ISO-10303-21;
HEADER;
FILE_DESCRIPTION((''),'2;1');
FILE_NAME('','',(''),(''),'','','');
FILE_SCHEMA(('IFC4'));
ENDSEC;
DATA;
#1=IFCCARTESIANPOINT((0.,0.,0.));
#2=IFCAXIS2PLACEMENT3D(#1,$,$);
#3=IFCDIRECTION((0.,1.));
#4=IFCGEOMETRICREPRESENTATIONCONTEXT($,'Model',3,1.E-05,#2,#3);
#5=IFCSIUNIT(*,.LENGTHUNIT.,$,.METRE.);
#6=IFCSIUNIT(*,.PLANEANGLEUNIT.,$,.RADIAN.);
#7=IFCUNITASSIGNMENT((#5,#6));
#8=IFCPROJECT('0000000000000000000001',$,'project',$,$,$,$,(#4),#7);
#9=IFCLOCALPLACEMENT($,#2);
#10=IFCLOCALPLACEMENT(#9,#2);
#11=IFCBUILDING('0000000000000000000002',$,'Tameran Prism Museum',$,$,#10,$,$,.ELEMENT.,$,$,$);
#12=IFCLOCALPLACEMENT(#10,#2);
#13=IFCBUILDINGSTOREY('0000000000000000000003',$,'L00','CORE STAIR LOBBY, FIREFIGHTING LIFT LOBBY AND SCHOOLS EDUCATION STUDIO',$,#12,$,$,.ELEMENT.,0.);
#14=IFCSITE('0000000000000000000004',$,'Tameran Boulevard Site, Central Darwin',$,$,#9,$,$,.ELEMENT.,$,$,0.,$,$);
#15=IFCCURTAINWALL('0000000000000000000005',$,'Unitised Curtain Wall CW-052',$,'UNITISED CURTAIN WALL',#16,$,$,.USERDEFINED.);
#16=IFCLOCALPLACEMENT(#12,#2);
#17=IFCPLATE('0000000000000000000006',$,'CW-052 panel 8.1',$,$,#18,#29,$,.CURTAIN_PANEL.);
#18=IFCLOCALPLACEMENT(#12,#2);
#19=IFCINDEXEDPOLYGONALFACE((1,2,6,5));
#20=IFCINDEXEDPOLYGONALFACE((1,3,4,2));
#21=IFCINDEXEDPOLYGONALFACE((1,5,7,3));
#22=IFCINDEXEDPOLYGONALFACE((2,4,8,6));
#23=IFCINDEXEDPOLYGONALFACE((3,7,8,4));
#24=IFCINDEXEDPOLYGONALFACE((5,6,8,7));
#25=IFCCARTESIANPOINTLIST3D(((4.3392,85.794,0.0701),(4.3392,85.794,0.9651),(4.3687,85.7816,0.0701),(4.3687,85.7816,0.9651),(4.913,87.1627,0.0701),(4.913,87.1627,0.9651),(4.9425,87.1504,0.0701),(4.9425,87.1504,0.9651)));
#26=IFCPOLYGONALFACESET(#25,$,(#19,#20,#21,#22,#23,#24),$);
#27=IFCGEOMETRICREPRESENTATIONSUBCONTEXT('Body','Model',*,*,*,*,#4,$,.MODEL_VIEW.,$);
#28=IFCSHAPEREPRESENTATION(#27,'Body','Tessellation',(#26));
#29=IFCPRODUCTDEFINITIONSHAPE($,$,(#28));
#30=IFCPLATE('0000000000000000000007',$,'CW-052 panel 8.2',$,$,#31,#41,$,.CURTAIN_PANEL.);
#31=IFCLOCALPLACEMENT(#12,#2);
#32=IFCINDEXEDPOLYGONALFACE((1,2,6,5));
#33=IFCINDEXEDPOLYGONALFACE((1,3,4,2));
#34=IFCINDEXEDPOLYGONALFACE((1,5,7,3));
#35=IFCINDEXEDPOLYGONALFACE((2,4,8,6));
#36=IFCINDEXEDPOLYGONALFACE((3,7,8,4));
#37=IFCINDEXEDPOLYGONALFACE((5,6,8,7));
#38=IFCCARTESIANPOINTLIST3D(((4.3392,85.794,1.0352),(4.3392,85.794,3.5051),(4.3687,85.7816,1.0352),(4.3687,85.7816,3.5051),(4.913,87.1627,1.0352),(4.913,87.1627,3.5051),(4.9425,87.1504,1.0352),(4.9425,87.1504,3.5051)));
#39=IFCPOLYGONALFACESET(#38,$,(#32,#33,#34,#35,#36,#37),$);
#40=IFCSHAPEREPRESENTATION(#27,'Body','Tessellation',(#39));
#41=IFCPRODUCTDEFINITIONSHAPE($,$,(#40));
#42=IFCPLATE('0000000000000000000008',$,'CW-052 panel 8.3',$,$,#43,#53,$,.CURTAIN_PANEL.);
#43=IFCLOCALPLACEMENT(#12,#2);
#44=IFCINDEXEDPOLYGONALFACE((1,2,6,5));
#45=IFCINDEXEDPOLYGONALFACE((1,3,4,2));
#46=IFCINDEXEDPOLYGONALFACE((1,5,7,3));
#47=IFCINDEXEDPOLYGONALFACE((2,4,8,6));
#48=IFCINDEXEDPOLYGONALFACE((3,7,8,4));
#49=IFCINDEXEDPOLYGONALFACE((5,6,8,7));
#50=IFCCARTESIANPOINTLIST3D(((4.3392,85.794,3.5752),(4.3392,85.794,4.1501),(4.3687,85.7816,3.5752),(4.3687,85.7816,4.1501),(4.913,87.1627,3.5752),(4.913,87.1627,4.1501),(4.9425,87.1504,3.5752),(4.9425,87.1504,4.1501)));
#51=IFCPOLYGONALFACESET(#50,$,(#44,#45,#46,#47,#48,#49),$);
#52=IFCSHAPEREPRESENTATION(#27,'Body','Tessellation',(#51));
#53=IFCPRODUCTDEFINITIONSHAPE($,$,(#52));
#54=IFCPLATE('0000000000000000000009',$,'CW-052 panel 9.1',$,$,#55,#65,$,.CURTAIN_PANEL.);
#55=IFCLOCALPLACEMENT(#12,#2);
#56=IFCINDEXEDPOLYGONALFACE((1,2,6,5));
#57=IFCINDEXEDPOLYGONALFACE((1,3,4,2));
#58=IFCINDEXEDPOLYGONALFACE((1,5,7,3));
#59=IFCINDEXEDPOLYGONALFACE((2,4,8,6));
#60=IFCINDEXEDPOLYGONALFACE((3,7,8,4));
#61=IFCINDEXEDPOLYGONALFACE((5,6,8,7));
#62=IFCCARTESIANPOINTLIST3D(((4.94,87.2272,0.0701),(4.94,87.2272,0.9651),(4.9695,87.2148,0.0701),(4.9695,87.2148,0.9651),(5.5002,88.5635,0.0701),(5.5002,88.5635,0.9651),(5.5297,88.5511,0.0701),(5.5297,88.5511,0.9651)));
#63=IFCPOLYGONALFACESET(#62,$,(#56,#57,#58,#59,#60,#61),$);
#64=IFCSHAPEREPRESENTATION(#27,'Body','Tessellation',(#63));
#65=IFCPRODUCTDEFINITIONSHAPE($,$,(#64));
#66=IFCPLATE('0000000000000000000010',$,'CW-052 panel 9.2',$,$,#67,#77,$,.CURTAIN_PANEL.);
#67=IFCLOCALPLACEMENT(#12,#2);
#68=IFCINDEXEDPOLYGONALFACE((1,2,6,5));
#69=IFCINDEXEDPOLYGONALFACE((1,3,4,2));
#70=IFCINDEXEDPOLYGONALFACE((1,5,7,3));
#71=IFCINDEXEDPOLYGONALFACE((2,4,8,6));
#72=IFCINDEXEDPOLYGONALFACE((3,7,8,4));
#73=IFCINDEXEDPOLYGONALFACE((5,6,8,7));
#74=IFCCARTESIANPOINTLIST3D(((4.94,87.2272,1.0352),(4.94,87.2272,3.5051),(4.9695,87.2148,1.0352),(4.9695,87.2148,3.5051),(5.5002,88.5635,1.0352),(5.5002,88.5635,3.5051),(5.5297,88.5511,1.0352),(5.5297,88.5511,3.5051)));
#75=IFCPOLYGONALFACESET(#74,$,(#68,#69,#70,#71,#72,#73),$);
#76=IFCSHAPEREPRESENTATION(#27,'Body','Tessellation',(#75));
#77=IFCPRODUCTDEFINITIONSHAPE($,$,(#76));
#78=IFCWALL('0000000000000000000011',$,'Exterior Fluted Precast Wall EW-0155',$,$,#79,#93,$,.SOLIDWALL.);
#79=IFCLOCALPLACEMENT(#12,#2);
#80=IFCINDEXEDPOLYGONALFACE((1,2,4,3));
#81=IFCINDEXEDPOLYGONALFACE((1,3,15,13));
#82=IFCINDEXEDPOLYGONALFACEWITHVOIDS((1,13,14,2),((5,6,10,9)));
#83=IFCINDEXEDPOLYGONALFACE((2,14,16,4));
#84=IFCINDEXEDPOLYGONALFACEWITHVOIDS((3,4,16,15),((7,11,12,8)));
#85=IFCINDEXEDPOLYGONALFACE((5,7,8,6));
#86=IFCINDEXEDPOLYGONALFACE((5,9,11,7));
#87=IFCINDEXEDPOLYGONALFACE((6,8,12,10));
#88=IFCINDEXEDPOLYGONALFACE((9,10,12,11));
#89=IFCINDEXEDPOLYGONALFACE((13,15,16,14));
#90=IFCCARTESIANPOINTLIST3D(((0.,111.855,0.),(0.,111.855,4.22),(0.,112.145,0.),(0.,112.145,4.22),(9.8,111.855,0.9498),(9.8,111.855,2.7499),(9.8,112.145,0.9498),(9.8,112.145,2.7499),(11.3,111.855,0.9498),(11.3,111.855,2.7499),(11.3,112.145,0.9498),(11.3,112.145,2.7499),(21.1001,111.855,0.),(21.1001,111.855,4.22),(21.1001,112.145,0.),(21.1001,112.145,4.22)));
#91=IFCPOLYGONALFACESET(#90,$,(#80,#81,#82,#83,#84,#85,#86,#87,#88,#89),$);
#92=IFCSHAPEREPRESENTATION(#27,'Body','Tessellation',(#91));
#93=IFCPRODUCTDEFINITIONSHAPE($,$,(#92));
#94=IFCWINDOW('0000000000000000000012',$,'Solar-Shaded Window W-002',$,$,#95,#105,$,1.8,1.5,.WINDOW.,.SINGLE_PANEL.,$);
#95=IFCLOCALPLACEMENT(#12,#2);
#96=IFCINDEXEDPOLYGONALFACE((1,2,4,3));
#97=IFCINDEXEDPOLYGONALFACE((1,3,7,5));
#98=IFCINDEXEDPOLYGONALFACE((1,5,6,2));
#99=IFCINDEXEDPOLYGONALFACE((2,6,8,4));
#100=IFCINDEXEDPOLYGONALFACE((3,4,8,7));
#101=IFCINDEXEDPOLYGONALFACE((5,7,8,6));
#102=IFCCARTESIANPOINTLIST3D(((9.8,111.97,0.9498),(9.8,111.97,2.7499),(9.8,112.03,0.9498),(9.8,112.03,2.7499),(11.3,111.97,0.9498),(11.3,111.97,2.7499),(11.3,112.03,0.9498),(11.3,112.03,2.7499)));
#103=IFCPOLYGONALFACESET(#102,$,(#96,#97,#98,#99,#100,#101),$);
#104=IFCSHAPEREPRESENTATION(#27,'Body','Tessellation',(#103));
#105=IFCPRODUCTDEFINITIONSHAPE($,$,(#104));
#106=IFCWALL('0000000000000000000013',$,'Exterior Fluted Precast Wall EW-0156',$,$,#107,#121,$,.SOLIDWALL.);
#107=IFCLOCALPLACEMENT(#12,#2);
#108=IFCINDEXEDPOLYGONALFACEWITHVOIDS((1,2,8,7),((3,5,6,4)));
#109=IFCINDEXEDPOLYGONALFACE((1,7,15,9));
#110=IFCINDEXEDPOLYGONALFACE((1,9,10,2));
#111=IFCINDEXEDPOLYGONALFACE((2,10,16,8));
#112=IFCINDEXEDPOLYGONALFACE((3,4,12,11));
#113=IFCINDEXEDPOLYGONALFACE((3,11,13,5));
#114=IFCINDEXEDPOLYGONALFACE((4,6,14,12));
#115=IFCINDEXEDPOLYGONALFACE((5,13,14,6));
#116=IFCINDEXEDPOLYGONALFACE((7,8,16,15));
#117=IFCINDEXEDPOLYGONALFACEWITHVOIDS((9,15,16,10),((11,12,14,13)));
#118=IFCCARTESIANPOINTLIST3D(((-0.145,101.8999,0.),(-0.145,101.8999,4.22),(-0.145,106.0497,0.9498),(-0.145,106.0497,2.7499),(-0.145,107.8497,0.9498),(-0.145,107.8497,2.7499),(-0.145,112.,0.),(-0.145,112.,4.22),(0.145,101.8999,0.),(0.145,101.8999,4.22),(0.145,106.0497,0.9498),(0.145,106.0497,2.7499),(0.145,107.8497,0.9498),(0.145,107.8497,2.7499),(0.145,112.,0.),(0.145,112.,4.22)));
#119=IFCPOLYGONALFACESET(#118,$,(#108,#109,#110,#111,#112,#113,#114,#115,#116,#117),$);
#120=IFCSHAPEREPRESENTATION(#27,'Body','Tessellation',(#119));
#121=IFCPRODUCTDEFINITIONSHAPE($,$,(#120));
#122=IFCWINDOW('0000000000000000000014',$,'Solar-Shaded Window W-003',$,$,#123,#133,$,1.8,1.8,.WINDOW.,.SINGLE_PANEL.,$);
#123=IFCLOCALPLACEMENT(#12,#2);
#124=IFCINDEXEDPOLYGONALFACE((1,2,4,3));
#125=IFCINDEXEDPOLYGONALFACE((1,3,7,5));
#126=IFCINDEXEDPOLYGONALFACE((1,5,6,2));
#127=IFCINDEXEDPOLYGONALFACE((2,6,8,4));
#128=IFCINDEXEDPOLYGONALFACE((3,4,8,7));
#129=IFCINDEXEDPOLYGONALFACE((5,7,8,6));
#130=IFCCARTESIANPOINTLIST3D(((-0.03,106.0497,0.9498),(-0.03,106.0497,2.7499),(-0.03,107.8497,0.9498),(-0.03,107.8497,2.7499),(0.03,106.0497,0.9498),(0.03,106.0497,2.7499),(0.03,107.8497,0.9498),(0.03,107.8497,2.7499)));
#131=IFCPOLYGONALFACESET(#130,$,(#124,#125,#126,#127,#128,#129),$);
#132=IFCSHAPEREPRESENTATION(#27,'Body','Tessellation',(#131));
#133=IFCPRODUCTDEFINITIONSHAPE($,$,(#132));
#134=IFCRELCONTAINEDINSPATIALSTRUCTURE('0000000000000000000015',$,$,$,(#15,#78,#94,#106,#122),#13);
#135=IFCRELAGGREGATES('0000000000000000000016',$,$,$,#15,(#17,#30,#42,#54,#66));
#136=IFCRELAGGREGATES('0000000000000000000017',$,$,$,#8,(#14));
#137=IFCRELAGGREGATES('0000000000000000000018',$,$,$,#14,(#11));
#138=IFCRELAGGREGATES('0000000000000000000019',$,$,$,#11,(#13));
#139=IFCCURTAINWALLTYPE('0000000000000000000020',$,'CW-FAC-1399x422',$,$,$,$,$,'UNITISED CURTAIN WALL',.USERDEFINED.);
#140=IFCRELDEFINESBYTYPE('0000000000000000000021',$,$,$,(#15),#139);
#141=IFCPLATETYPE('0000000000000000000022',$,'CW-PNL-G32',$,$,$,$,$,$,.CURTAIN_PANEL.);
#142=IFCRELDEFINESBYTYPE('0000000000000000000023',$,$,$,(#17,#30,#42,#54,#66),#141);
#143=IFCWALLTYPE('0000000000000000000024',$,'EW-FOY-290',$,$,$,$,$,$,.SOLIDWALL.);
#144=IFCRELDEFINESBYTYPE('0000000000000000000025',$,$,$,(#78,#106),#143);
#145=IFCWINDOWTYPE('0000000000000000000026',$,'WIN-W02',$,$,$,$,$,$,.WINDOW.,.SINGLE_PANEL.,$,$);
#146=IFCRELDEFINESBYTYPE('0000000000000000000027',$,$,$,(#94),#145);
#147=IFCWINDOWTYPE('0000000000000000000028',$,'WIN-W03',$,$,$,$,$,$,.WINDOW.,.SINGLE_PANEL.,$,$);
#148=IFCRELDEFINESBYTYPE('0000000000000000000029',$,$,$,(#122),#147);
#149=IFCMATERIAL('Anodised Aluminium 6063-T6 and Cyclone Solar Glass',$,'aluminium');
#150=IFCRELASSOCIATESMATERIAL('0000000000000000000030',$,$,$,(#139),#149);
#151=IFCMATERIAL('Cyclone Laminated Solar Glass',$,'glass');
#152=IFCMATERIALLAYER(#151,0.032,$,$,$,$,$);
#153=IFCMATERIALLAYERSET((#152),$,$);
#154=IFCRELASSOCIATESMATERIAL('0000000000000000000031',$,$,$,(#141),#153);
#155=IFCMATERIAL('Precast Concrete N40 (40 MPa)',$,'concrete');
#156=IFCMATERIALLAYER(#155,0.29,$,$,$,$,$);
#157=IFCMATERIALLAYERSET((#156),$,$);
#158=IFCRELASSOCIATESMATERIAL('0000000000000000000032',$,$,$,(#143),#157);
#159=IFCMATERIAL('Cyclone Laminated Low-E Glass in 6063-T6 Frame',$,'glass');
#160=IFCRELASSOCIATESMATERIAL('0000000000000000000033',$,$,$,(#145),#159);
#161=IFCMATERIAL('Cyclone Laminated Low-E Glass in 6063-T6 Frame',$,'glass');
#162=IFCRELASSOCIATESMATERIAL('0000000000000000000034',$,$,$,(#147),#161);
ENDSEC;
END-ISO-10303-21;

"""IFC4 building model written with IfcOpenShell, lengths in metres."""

from ifc_helpers import new_model, si_unit, direction, frame, frame_2d, origin, origin_2d, place, context, subcontext, project, spatial, rectangle, extrude, material, layer, layer_set, type_object, element, fill, aggregate, save


model = new_model("IFC4")

# Units and contexts
model_context = context("Model", 3, precision=1e-05, world=origin(), true_north=direction((0.0, 1.0)))
body_context = subcontext(model_context, "Body", "Model", "MODEL_VIEW")
ifc_project = project(units=[si_unit("LENGTHUNIT", "METRE"), si_unit("PLANEANGLEUNIT", "RADIAN")], contexts=[model_context])

# Site, building, storey
site_placement = place(None, origin())
site = spatial("IfcSite", under=ifc_project, at=site_placement, Name="Tameran Boulevard Site, Central Darwin", CompositionType="ELEMENT", RefElevation=0.0)
building_placement = place(site_placement, origin())
building = spatial("IfcBuilding", under=site, at=building_placement, Name="Tameran Prism Museum", CompositionType="ELEMENT")
storey_placement = place(building_placement, origin())
storey = spatial("IfcBuildingStorey", under=building, at=storey_placement, Name="L00", Description="CORE STAIR LOBBY, FIREFIGHTING LIFT LOBBY AND SCHOOLS EDUCATION STUDIO", CompositionType="ELEMENT", Elevation=0.0)

# Curtain wall, plates
ifc_material_1 = material(Name="Anodised Aluminium 6063-T6 and Cyclone Solar Glass", Category="aluminium")
curtain_wall_type = type_object("IfcCurtainWallType", Name="CW-FAC-1399x422", ElementType="UNITISED CURTAIN WALL", PredefinedType="USERDEFINED", material=ifc_material_1)
curtain_wall_placement = place(storey_placement, origin())
curtain_wall = element("IfcCurtainWall", 1, at=curtain_wall_placement, inside=storey, type_object=curtain_wall_type, Name="Unitised Curtain Wall CW-052", ObjectType="UNITISED CURTAIN WALL", PredefinedType="USERDEFINED")
ifc_material_2 = material(Name="Cyclone Laminated Solar Glass", Category="glass")
ifc_layer_1 = layer(ifc_material_2, 0.032)
ifc_layer_set_1 = layer_set([ifc_layer_1])
plate_type = type_object("IfcPlateType", Name="CW-PNL-G32", PredefinedType="CURTAIN_PANEL", material=ifc_layer_set_1)
plate_1_placement = place(storey_placement, frame((4.6409, 86.4722, 0.0701), z_axis=(0.0, 0.0, 1.0), x_axis=(0.386589, 0.922252, 0.0)))
plate_1 = element("IfcPlate", 2, at=plate_1_placement, type_object=plate_type, Name="CW-052 panel 8.1", PredefinedType="CURTAIN_PANEL", context=body_context, shape_type="SweptSolid", body=[
    extrude(rectangle(XDim=1.4841, YDim=0.032, at=origin_2d()), origin(), (0.0, 0.0, 1.0), 0.895),
])
plate_2_placement = place(storey_placement, frame((4.6409, 86.4722, 1.0352), z_axis=(0.0, 0.0, 1.0), x_axis=(0.386589, 0.922252, 0.0)))
plate_2 = element("IfcPlate", 3, at=plate_2_placement, type_object=plate_type, Name="CW-052 panel 8.2", PredefinedType="CURTAIN_PANEL", context=body_context, shape_type="SweptSolid", body=[
    extrude(rectangle(XDim=1.4841, YDim=0.032, at=origin_2d()), origin(), (0.0, 0.0, 1.0), 2.47),
])
plate_3_placement = place(storey_placement, frame((4.6409, 86.4722, 3.5752), z_axis=(0.0, 0.0, 1.0), x_axis=(0.386589, 0.922252, 0.0)))
plate_3 = element("IfcPlate", 4, at=plate_3_placement, type_object=plate_type, Name="CW-052 panel 8.3", PredefinedType="CURTAIN_PANEL", context=body_context, shape_type="SweptSolid", body=[
    extrude(rectangle(XDim=1.4841, YDim=0.032, at=origin_2d()), origin(), (0.0, 0.0, 1.0), 0.575),
])
plate_4_placement = place(storey_placement, frame((5.2349, 87.8892, 0.0701), z_axis=(0.0, 0.0, 1.0), x_axis=(0.386589, 0.922252, 0.0)))
plate_4 = element("IfcPlate", 5, at=plate_4_placement, type_object=plate_type, Name="CW-052 panel 9.1", PredefinedType="CURTAIN_PANEL", context=body_context, shape_type="SweptSolid", body=[
    extrude(rectangle(XDim=1.449, YDim=0.032, at=origin_2d()), origin(), (0.0, 0.0, 1.0), 0.895),
])
plate_5_placement = place(storey_placement, frame((5.2349, 87.8892, 1.0352), z_axis=(0.0, 0.0, 1.0), x_axis=(0.386589, 0.922252, 0.0)))
plate_5 = element("IfcPlate", 6, at=plate_5_placement, type_object=plate_type, Name="CW-052 panel 9.2", PredefinedType="CURTAIN_PANEL", context=body_context, shape_type="SweptSolid", body=[
    extrude(rectangle(XDim=1.449, YDim=0.032, at=origin_2d()), origin(), (0.0, 0.0, 1.0), 2.47),
])
aggregate(curtain_wall, [plate_1, plate_2, plate_3, plate_4, plate_5])

# Walls, openings, windows
ifc_material_3 = material(Name="Precast Concrete N40 (40 MPa)", Category="concrete")
ifc_layer_2 = layer(ifc_material_3, 0.29)
ifc_layer_set_2 = layer_set([ifc_layer_2])
wall_type = type_object("IfcWallType", Name="EW-FOY-290", PredefinedType="SOLIDWALL", material=ifc_layer_set_2)
wall_1_placement = place(storey_placement, frame((0.0, 112.0, 0.0), z_axis=(0.0, 0.0, 1.0), x_axis=(1.0, 0.0, 0.0)))
wall_1 = element("IfcWall", 7, at=wall_1_placement, inside=storey, type_object=wall_type, Name="Exterior Fluted Precast Wall EW-0155", PredefinedType="SOLIDWALL", context=body_context, shape_type="SweptSolid", body=[
    extrude(rectangle(XDim=21.1001, YDim=0.29, at=frame_2d((10.55, 0.0))), origin(), (0.0, 0.0, 1.0), 4.22),
])
opening_1_placement = place(wall_1_placement, frame((9.8, 0.0, 0.95)))
opening_1 = element("IfcOpeningElement", 8, at=opening_1_placement, cuts=wall_1, PredefinedType="OPENING", context=body_context, shape_type="SweptSolid", body=[
    extrude(rectangle(XDim=1.5, YDim=1.8, at=frame_2d((0.75, 0.8999))), frame((0.0, 0.155, 0.0), z_axis=(0.0, -1.0, 0.0), x_axis=(1.0, 0.0, 0.0)), (0.0, 0.0, 1.0), 0.3101),
])
ifc_material_4 = material(Name="Cyclone Laminated Low-E Glass in 6063-T6 Frame", Category="glass")
window_type_1 = type_object("IfcWindowType", Name="WIN-W02", PartitioningType="SINGLE_PANEL", PredefinedType="WINDOW", material=ifc_material_4)
window_1_placement = place(opening_1_placement, origin())
window_1 = element("IfcWindow", 9, at=window_1_placement, inside=storey, type_object=window_type_1, Name="Solar-Shaded Window W-002", OverallHeight=1.8, OverallWidth=1.5, PartitioningType="SINGLE_PANEL", PredefinedType="WINDOW", context=body_context, shape_type="SweptSolid", body=[
    extrude(rectangle(XDim=1.5, YDim=1.8, at=frame_2d((0.75, 0.8999))), frame((0.0, 0.03, 0.0), z_axis=(0.0, -1.0, 0.0), x_axis=(1.0, 0.0, 0.0)), (0.0, 0.0, 1.0), 0.0601),
])
fill(opening_1, window_1)
wall_2_placement = place(storey_placement, frame((0.0, 101.8999, 0.0), z_axis=(0.0, 0.0, 1.0), x_axis=(0.0, 1.0, 0.0)))
wall_2 = element("IfcWall", 10, at=wall_2_placement, inside=storey, type_object=wall_type, Name="Exterior Fluted Precast Wall EW-0156", PredefinedType="SOLIDWALL", context=body_context, shape_type="SweptSolid", body=[
    extrude(rectangle(XDim=10.1001, YDim=0.29, at=frame_2d((5.05, 0.0))), origin(), (0.0, 0.0, 1.0), 4.22),
])
opening_2_placement = place(wall_2_placement, frame((4.1499, 0.0, 0.95)))
opening_2 = element("IfcOpeningElement", 11, at=opening_2_placement, cuts=wall_2, PredefinedType="OPENING", context=body_context, shape_type="SweptSolid", body=[
    extrude(rectangle(XDim=1.8, YDim=1.8, at=frame_2d((0.8999, 0.8999))), frame((0.0, 0.155, 0.0), z_axis=(0.0, -1.0, 0.0), x_axis=(1.0, 0.0, 0.0)), (0.0, 0.0, 1.0), 0.3101),
])
ifc_material_5 = material(Name="Cyclone Laminated Low-E Glass in 6063-T6 Frame", Category="glass")
window_type_2 = type_object("IfcWindowType", Name="WIN-W03", PartitioningType="SINGLE_PANEL", PredefinedType="WINDOW", material=ifc_material_5)
window_2_placement = place(opening_2_placement, origin())
window_2 = element("IfcWindow", 12, at=window_2_placement, inside=storey, type_object=window_type_2, Name="Solar-Shaded Window W-003", OverallHeight=1.8, OverallWidth=1.8, PartitioningType="SINGLE_PANEL", PredefinedType="WINDOW", context=body_context, shape_type="SweptSolid", body=[
    extrude(rectangle(XDim=1.8, YDim=1.8, at=frame_2d((0.8999, 0.8999))), frame((0.0, 0.03, 0.0), z_axis=(0.0, -1.0, 0.0), x_axis=(1.0, 0.0, 0.0)), (0.0, 0.0, 1.0), 0.0601),
])
fill(opening_2, window_2)

save(model, "model.ifc")
